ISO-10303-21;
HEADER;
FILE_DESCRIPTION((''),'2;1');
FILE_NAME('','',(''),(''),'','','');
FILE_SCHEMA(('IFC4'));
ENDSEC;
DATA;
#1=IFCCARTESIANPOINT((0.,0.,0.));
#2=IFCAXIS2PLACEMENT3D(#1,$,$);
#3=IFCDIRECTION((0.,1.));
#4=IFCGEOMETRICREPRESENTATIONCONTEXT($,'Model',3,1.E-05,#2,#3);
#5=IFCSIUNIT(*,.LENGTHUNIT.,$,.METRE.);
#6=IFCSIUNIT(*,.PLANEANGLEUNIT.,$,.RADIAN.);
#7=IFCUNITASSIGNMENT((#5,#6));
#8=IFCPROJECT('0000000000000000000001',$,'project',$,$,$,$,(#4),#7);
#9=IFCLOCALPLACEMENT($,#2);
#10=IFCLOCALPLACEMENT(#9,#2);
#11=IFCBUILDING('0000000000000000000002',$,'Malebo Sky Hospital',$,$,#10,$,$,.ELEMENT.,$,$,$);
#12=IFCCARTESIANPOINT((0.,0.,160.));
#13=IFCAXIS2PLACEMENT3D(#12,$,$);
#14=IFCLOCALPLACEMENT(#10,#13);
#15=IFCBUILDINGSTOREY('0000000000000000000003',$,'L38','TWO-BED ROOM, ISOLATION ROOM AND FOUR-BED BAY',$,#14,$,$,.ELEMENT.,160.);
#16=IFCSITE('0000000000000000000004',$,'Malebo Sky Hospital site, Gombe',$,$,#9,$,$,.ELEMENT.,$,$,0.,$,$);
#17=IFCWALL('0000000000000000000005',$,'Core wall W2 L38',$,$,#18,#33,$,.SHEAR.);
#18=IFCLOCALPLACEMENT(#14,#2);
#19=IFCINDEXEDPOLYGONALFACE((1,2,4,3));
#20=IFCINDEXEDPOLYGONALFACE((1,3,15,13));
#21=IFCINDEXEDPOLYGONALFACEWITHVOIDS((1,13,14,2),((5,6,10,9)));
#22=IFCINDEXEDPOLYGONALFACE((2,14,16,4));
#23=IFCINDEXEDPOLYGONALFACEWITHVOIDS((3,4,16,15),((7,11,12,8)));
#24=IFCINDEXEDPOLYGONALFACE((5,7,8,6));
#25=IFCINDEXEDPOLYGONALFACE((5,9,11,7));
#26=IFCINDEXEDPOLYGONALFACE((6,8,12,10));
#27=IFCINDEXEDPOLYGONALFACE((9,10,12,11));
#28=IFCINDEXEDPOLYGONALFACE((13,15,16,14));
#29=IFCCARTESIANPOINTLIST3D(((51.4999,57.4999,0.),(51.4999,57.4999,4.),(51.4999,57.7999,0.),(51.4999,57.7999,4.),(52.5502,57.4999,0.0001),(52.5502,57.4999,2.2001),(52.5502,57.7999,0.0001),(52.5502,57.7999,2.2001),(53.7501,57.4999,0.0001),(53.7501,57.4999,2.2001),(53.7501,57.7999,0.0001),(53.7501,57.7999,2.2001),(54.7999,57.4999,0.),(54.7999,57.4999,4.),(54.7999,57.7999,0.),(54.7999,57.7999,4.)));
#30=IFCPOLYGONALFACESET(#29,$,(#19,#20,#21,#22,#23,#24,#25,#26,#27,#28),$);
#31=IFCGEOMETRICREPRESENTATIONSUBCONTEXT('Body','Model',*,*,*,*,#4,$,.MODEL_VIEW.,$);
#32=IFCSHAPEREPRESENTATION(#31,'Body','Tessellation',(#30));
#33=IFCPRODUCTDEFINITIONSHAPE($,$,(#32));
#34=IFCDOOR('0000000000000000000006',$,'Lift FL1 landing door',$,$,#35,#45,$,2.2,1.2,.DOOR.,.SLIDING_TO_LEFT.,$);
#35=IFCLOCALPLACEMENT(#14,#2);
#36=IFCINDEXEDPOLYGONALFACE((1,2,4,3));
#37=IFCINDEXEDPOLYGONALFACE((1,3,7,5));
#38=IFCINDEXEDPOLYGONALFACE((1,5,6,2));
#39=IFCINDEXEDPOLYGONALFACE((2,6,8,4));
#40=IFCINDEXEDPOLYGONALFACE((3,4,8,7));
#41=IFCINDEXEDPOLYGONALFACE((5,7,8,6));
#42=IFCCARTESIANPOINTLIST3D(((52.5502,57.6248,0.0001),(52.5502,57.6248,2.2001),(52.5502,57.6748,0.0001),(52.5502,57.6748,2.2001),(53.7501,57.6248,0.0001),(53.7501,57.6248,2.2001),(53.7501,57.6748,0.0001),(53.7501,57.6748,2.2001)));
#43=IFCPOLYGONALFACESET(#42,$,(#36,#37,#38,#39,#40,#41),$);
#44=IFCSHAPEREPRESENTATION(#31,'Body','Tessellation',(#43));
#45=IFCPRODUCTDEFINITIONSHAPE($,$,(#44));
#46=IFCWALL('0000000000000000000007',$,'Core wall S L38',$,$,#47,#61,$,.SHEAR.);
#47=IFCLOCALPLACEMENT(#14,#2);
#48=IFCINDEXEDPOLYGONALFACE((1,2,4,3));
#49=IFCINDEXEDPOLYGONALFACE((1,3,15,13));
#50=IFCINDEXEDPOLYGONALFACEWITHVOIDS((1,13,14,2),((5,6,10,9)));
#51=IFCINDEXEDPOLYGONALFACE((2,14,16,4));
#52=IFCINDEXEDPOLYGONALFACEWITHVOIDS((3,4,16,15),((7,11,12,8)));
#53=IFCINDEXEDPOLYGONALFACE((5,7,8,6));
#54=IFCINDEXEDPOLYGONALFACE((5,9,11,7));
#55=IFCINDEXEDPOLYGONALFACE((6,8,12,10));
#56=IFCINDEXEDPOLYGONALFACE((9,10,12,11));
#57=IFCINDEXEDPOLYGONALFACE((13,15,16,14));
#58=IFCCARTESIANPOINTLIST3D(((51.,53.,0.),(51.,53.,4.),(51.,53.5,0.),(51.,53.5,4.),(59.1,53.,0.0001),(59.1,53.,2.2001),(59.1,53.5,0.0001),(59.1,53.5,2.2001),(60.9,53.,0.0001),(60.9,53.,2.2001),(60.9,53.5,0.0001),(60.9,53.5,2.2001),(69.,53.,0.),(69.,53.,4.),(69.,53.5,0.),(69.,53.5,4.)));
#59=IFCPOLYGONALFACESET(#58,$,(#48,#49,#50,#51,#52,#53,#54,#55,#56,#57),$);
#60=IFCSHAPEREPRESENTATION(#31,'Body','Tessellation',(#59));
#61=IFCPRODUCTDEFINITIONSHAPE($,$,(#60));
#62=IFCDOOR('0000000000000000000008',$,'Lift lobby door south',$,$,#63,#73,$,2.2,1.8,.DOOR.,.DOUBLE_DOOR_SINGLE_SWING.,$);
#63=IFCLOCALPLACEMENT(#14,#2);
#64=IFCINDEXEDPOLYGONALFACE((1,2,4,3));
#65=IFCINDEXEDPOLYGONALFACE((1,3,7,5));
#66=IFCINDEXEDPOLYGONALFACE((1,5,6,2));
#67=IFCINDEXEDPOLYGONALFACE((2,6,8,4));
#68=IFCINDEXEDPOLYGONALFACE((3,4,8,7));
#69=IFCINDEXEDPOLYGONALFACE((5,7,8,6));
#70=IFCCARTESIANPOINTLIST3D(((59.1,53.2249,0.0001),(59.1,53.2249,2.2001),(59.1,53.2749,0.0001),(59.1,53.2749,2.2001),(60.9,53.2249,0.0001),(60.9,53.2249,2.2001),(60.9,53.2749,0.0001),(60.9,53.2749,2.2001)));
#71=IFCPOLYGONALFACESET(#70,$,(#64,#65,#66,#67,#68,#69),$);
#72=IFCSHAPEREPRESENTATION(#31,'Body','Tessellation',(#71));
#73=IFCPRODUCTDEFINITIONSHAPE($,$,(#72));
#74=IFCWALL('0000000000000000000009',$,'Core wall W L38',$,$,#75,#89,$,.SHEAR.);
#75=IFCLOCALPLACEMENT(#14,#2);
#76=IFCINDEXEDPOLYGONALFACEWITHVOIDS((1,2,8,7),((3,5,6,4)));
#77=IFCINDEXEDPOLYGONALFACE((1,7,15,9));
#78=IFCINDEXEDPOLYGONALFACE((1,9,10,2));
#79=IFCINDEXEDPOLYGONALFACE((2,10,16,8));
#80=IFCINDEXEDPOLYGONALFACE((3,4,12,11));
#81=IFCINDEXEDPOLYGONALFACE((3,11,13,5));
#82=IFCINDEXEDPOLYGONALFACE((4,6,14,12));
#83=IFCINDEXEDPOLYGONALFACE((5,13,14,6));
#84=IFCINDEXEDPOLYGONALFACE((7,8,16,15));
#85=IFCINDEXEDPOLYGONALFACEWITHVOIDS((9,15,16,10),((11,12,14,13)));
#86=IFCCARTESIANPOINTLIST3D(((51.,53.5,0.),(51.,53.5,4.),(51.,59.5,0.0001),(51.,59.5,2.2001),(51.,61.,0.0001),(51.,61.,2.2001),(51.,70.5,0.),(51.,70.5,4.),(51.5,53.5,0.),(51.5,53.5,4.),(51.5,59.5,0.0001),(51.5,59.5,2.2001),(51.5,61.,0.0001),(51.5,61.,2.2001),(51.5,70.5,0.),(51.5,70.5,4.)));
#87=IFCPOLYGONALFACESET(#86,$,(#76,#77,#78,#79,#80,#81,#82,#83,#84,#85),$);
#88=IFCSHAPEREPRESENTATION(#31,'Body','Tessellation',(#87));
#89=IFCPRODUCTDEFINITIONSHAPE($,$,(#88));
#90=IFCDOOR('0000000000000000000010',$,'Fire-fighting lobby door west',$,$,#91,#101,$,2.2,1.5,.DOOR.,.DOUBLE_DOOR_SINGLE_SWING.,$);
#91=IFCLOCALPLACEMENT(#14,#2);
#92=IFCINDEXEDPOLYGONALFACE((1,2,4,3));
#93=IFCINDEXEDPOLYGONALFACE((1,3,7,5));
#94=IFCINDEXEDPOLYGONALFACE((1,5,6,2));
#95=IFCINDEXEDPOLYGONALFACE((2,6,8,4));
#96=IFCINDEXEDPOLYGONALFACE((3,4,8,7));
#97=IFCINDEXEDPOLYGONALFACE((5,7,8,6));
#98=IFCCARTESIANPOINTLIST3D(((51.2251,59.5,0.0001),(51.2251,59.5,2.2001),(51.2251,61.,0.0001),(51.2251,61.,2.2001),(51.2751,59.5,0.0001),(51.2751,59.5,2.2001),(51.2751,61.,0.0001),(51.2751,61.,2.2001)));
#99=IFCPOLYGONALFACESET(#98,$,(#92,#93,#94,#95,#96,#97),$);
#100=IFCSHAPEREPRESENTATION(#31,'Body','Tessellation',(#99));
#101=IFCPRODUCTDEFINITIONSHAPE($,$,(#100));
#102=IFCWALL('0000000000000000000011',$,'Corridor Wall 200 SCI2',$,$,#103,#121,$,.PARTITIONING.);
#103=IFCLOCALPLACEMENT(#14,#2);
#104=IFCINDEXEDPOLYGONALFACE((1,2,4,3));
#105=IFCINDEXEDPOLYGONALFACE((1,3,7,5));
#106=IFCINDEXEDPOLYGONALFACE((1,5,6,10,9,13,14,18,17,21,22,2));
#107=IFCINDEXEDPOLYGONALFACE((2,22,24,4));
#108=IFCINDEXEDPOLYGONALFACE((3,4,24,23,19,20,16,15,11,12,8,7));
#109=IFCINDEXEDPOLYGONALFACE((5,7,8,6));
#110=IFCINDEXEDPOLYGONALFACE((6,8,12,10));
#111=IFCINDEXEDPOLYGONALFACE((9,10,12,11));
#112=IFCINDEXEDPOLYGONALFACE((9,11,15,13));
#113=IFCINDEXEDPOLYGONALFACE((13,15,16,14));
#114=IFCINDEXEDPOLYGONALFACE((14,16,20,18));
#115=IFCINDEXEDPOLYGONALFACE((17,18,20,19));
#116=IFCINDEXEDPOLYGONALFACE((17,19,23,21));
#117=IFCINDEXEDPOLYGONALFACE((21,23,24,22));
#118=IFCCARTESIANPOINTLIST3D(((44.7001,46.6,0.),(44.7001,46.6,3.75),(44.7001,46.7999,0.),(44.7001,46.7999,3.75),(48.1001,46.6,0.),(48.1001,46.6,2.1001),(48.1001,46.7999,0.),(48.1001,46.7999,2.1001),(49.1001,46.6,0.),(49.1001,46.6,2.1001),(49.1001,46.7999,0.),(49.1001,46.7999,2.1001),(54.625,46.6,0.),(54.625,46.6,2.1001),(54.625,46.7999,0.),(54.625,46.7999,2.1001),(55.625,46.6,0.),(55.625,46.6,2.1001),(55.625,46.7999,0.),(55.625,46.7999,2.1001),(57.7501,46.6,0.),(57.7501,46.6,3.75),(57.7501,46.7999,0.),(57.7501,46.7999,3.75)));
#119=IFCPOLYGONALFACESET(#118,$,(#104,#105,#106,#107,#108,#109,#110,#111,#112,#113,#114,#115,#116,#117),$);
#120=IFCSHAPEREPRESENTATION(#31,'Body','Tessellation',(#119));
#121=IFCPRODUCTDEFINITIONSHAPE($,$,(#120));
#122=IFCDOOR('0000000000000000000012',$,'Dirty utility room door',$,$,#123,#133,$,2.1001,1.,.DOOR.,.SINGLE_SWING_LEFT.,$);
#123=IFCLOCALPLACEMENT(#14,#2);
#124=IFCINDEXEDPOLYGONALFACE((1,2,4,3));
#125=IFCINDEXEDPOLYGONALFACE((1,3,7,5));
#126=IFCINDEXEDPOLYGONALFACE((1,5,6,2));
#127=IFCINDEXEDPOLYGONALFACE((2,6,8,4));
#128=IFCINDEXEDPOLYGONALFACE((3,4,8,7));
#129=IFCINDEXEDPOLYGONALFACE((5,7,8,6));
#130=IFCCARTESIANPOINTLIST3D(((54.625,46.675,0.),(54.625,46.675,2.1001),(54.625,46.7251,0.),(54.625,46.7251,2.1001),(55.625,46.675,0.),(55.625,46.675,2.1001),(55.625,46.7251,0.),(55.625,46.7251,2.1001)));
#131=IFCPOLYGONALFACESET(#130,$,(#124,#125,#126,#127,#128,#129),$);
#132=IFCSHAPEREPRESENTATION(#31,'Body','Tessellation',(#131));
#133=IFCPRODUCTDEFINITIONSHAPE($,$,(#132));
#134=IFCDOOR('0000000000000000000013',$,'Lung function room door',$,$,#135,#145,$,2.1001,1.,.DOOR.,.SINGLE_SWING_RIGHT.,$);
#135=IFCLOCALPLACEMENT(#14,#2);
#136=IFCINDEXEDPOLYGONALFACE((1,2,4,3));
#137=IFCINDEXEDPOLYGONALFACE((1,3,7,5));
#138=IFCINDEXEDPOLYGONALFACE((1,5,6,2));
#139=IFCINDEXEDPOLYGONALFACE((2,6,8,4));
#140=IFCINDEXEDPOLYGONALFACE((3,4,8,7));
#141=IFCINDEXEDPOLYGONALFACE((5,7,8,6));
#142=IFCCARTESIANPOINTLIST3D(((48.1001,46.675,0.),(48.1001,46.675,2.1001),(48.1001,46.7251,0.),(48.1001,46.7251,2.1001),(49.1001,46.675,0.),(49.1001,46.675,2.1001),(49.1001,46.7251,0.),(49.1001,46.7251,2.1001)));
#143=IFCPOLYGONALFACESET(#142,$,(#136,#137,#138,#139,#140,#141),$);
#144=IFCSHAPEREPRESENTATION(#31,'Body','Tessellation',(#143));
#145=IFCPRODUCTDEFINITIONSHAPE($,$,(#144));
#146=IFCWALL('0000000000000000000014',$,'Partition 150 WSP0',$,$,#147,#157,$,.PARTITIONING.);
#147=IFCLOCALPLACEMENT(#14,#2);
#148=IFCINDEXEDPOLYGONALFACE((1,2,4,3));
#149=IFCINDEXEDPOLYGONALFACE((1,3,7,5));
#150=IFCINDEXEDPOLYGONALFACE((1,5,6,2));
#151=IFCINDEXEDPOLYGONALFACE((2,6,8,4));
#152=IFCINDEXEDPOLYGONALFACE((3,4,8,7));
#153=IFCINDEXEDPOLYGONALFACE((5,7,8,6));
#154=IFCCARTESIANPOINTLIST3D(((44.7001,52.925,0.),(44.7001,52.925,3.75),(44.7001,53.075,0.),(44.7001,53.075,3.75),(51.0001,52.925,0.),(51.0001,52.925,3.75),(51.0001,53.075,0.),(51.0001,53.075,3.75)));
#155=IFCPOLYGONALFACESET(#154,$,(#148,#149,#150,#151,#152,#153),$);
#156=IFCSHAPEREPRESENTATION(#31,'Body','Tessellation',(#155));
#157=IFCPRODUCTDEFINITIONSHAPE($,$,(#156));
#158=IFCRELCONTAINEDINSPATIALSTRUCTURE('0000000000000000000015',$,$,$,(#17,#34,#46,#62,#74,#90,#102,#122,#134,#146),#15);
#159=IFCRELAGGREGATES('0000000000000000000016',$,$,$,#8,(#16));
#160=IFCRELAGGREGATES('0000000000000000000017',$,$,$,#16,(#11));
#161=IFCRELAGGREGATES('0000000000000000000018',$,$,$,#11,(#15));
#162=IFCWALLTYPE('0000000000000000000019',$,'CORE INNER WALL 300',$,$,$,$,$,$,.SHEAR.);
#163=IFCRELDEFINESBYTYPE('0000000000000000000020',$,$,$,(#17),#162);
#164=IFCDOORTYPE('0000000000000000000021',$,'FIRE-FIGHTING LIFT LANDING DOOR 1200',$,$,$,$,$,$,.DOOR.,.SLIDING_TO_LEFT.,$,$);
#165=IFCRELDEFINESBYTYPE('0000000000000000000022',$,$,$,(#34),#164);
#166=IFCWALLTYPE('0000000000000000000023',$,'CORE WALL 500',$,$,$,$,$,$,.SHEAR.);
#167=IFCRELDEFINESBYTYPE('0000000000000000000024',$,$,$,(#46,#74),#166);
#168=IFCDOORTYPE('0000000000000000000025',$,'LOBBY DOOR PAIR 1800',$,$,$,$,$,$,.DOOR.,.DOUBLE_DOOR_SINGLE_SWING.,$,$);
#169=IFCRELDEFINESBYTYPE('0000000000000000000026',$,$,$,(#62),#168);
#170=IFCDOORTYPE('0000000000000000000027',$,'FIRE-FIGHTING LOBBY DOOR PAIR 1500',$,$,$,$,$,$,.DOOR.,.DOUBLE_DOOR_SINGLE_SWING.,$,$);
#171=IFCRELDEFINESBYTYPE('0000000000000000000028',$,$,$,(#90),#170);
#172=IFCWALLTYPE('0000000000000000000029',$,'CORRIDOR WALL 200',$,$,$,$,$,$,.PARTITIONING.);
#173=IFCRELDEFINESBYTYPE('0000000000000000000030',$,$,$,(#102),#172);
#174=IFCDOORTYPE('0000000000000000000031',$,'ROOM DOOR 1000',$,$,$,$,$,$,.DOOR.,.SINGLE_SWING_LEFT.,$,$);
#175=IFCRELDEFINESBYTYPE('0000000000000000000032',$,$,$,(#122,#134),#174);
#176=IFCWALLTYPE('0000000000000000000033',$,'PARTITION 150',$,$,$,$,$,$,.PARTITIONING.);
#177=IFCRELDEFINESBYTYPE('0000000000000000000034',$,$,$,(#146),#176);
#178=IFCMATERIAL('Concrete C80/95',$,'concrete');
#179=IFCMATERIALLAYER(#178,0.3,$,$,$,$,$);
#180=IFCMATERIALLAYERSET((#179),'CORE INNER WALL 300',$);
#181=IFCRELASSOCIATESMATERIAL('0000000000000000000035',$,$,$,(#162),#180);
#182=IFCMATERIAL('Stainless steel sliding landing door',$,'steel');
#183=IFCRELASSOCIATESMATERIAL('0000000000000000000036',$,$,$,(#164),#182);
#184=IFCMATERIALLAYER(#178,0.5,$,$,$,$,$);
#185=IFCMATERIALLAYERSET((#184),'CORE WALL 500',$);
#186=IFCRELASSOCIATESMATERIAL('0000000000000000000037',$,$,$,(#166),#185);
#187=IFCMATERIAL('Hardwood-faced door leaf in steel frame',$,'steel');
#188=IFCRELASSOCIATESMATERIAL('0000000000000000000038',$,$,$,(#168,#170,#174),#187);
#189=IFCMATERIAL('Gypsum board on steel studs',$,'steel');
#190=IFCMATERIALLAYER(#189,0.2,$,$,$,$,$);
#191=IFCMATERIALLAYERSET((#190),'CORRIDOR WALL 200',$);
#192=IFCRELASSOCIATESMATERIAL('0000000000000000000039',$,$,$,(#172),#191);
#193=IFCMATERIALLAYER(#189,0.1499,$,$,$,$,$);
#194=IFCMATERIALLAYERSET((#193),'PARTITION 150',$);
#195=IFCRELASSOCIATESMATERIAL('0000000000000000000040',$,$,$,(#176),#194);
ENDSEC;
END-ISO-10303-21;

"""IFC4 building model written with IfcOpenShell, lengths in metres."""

from ifc_helpers import new_model, si_unit, direction, frame, frame_2d, origin, place, context, subcontext, project, spatial, rectangle, extrude, material, layer, layer_set, type_object, element, fill, save


model = new_model("IFC4")

# Units and contexts
model_context = context("Model", 3, precision=1e-05, world=origin(), true_north=direction((0.0, 1.0)))
body_context = subcontext(model_context, "Body", "Model", "MODEL_VIEW")
ifc_project = project(units=[si_unit("LENGTHUNIT", "METRE"), si_unit("PLANEANGLEUNIT", "RADIAN")], contexts=[model_context])

# Site, building, storey
site_placement = place(None, origin())
site = spatial("IfcSite", under=ifc_project, at=site_placement, Name="Malebo Sky Hospital site, Gombe", CompositionType="ELEMENT", RefElevation=0.0)
building_placement = place(site_placement, origin())
building = spatial("IfcBuilding", under=site, at=building_placement, Name="Malebo Sky Hospital", CompositionType="ELEMENT")
storey_placement = place(building_placement, frame((0.0, 0.0, 160.0)))
storey = spatial("IfcBuildingStorey", under=building, at=storey_placement, Name="L38", Description="TWO-BED ROOM, ISOLATION ROOM AND FOUR-BED BAY", CompositionType="ELEMENT", Elevation=160.0)

# Shared definitions
ifc_material_1 = material(Name="Concrete C80/95", Category="concrete")
ifc_material_2 = material(Name="Stainless steel sliding landing door", Category="steel")

# Shared definitions
ifc_layer_1 = layer(ifc_material_1, 0.3)
ifc_layer_set_1 = layer_set([ifc_layer_1], Name="CORE INNER WALL 300")
wall_type_1 = type_object("IfcWallType", Name="CORE INNER WALL 300", PredefinedType="SHEAR", material=ifc_layer_set_1)

# Walls, openings, doors
wall_1_placement = place(storey_placement, frame((51.5, 57.6499, 0.0), z_axis=(0.0, 0.0, 1.0), x_axis=(1.0, 0.0, 0.0)))
wall_1 = element("IfcWall", 1, at=wall_1_placement, inside=storey, type_object=wall_type_1, Name="Core wall W2 L38", PredefinedType="SHEAR", context=body_context, shape_type="SweptSolid", body=[
    extrude(rectangle(XDim=3.3, YDim=0.3, at=frame_2d((1.6499, 0.0))), origin(), (0.0, 0.0, 1.0), 4.0),
])
opening_1_placement = place(wall_1_placement, frame((1.05, 0.0, 0.0)))
opening_1 = element("IfcOpeningElement", 2, at=opening_1_placement, cuts=wall_1, PredefinedType="OPENING", context=body_context, shape_type="SweptSolid", body=[
    extrude(rectangle(XDim=1.2, YDim=2.2, at=frame_2d((0.6001, 1.1001))), frame((0.0, 0.1599, 0.0), z_axis=(0.0, -1.0, 0.0), x_axis=(1.0, 0.0, 0.0)), (0.0, 0.0, 1.0), 0.3201),
])
door_type_1 = type_object("IfcDoorType", Name="FIRE-FIGHTING LIFT LANDING DOOR 1200", OperationType="SLIDING_TO_LEFT", PredefinedType="DOOR", material=ifc_material_2)
door_1_placement = place(opening_1_placement, origin())
door_1 = element("IfcDoor", 3, at=door_1_placement, inside=storey, type_object=door_type_1, Name="Lift FL1 landing door", OperationType="SLIDING_TO_LEFT", OverallHeight=2.2, OverallWidth=1.2, PredefinedType="DOOR", context=body_context, shape_type="SweptSolid", body=[
    extrude(rectangle(XDim=1.2, YDim=2.2, at=frame_2d((0.6001, 1.1001))), frame((0.0, 0.0249, 0.0), z_axis=(0.0, -1.0, 0.0), x_axis=(1.0, 0.0, 0.0)), (0.0, 0.0, 1.0), 0.05),
])
fill(opening_1, door_1)
ifc_layer_2 = layer(ifc_material_1, 0.5)
ifc_layer_set_2 = layer_set([ifc_layer_2], Name="CORE WALL 500")
wall_type_2 = type_object("IfcWallType", Name="CORE WALL 500", PredefinedType="SHEAR", material=ifc_layer_set_2)
wall_2_placement = place(storey_placement, frame((51.0, 53.25, 0.0), z_axis=(0.0, 0.0, 1.0), x_axis=(1.0, 0.0, 0.0)))
wall_2 = element("IfcWall", 4, at=wall_2_placement, inside=storey, type_object=wall_type_2, Name="Core wall S L38", PredefinedType="SHEAR", context=body_context, shape_type="SweptSolid", body=[
    extrude(rectangle(XDim=18.0, YDim=0.5, at=frame_2d((9.0, 0.0))), origin(), (0.0, 0.0, 1.0), 4.0),
])
opening_2_placement = place(wall_2_placement, frame((8.1001, 0.0, 0.0)))
opening_2 = element("IfcOpeningElement", 5, at=opening_2_placement, cuts=wall_2, PredefinedType="OPENING", context=body_context, shape_type="SweptSolid", body=[
    extrude(rectangle(XDim=1.8, YDim=2.2, at=frame_2d((0.8999, 1.1001))), frame((0.0, 0.26, 0.0), z_axis=(0.0, -1.0, 0.0), x_axis=(1.0, 0.0, 0.0)), (0.0, 0.0, 1.0), 0.52),
])
ifc_material_3 = material(Name="Hardwood-faced door leaf in steel frame", Category="steel")
door_type_2 = type_object("IfcDoorType", Name="LOBBY DOOR PAIR 1800", OperationType="DOUBLE_DOOR_SINGLE_SWING", PredefinedType="DOOR", material=ifc_material_3)
door_2_placement = place(opening_2_placement, origin())
door_2 = element("IfcDoor", 6, at=door_2_placement, inside=storey, type_object=door_type_2, Name="Lift lobby door south", OperationType="DOUBLE_DOOR_SINGLE_SWING", OverallHeight=2.2, OverallWidth=1.8, PredefinedType="DOOR", context=body_context, shape_type="SweptSolid", body=[
    extrude(rectangle(XDim=1.8, YDim=2.2, at=frame_2d((0.8999, 1.1001))), frame((0.0, 0.0249, 0.0), z_axis=(0.0, -1.0, 0.0), x_axis=(1.0, 0.0, 0.0)), (0.0, 0.0, 1.0), 0.05),
])
fill(opening_2, door_2)
wall_3_placement = place(storey_placement, frame((51.25, 53.5, 0.0), z_axis=(0.0, 0.0, 1.0), x_axis=(0.0, 1.0, 0.0)))
wall_3 = element("IfcWall", 7, at=wall_3_placement, inside=storey, type_object=wall_type_2, Name="Core wall W L38", PredefinedType="SHEAR", context=body_context, shape_type="SweptSolid", body=[
    extrude(rectangle(XDim=17.0, YDim=0.5, at=frame_2d((8.5, 0.0))), origin(), (0.0, 0.0, 1.0), 4.0),
])
opening_3_placement = place(wall_3_placement, frame((6.0, 0.0, 0.0)))
opening_3 = element("IfcOpeningElement", 8, at=opening_3_placement, cuts=wall_3, PredefinedType="OPENING", context=body_context, shape_type="SweptSolid", body=[
    extrude(rectangle(XDim=1.5, YDim=2.2, at=frame_2d((0.75, 1.1001))), frame((0.0, 0.26, 0.0), z_axis=(0.0, -1.0, 0.0), x_axis=(1.0, 0.0, 0.0)), (0.0, 0.0, 1.0), 0.52),
])
door_type_3 = type_object("IfcDoorType", Name="FIRE-FIGHTING LOBBY DOOR PAIR 1500", OperationType="DOUBLE_DOOR_SINGLE_SWING", PredefinedType="DOOR", material=ifc_material_3)
door_3_placement = place(opening_3_placement, origin())
door_3 = element("IfcDoor", 9, at=door_3_placement, inside=storey, type_object=door_type_3, Name="Fire-fighting lobby door west", OperationType="DOUBLE_DOOR_SINGLE_SWING", OverallHeight=2.2, OverallWidth=1.5, PredefinedType="DOOR", context=body_context, shape_type="SweptSolid", body=[
    extrude(rectangle(XDim=1.5, YDim=2.2, at=frame_2d((0.75, 1.1001))), frame((0.0, 0.0249, 0.0), z_axis=(0.0, -1.0, 0.0), x_axis=(1.0, 0.0, 0.0)), (0.0, 0.0, 1.0), 0.05),
])
fill(opening_3, door_3)

# Wall, openings, doors
ifc_material_4 = material(Name="Gypsum board on steel studs", Category="steel")
ifc_layer_3 = layer(ifc_material_4, 0.2)
ifc_layer_set_3 = layer_set([ifc_layer_3], Name="CORRIDOR WALL 200")
wall_type_3 = type_object("IfcWallType", Name="CORRIDOR WALL 200", PredefinedType="PARTITIONING", material=ifc_layer_set_3)
wall_4_placement = place(storey_placement, frame((57.75, 46.7, 0.0), z_axis=(0.0, 0.0, 1.0), x_axis=(-1.0, 0.0, 0.0)))
wall_4 = element("IfcWall", 10, at=wall_4_placement, inside=storey, type_object=wall_type_3, Name="Corridor Wall 200 SCI2", PredefinedType="PARTITIONING", context=body_context, shape_type="SweptSolid", body=[
    extrude(rectangle(XDim=13.05, YDim=0.2, at=frame_2d((6.5249, 0.0))), origin(), (0.0, 0.0, 1.0), 3.75),
])
opening_4_placement = place(wall_4_placement, frame((2.125, 0.0, 0.0)))
opening_4 = element("IfcOpeningElement", 11, at=opening_4_placement, cuts=wall_4, PredefinedType="OPENING", context=body_context, shape_type="SweptSolid", body=[
    extrude(rectangle(XDim=1.0, YDim=2.1001, at=frame_2d((0.5, 1.05))), frame((0.0, 0.1099, 0.0), z_axis=(0.0, -1.0, 0.0), x_axis=(1.0, 0.0, 0.0)), (0.0, 0.0, 1.0), 0.22),
])
opening_5_placement = place(wall_4_placement, frame((8.6499, 0.0, 0.0)))
opening_5 = element("IfcOpeningElement", 12, at=opening_5_placement, cuts=wall_4, PredefinedType="OPENING", context=body_context, shape_type="SweptSolid", body=[
    extrude(rectangle(XDim=1.0, YDim=2.1001, at=frame_2d((0.5, 1.05))), frame((0.0, 0.1099, 0.0), z_axis=(0.0, -1.0, 0.0), x_axis=(1.0, 0.0, 0.0)), (0.0, 0.0, 1.0), 0.22),
])
door_type_4 = type_object("IfcDoorType", Name="ROOM DOOR 1000", OperationType="SINGLE_SWING_LEFT", PredefinedType="DOOR", material=ifc_material_3)
door_4_placement = place(opening_4_placement, origin())
door_4 = element("IfcDoor", 13, at=door_4_placement, inside=storey, type_object=door_type_4, Name="Dirty utility room door", OperationType="SINGLE_SWING_LEFT", OverallHeight=2.1001, OverallWidth=1.0, PredefinedType="DOOR", context=body_context, shape_type="SweptSolid", body=[
    extrude(rectangle(XDim=1.0, YDim=2.1001, at=frame_2d((0.5, 1.05))), frame((0.0, 0.0249, 0.0), z_axis=(0.0, -1.0, 0.0), x_axis=(1.0, 0.0, 0.0)), (0.0, 0.0, 1.0), 0.05),
])
fill(opening_4, door_4)
door_5_placement = place(opening_5_placement, origin())
door_5 = element("IfcDoor", 14, at=door_5_placement, inside=storey, type_object=door_type_4, Name="Lung function room door", OperationType="SINGLE_SWING_RIGHT", OverallHeight=2.1001, OverallWidth=1.0, PredefinedType="DOOR", context=body_context, shape_type="SweptSolid", body=[
    extrude(rectangle(XDim=1.0, YDim=2.1001, at=frame_2d((0.5, 1.05))), frame((0.0, 0.0249, 0.0), z_axis=(0.0, -1.0, 0.0), x_axis=(1.0, 0.0, 0.0)), (0.0, 0.0, 1.0), 0.05),
])
fill(opening_5, door_5)

# Wall
ifc_layer_4 = layer(ifc_material_4, 0.1499)
ifc_layer_set_4 = layer_set([ifc_layer_4], Name="PARTITION 150")
wall_type_4 = type_object("IfcWallType", Name="PARTITION 150", PredefinedType="PARTITIONING", material=ifc_layer_set_4)
wall_5_placement = place(storey_placement, frame((51.0, 53.0, 0.0), z_axis=(0.0, 0.0, 1.0), x_axis=(-1.0, 0.0, 0.0)))
element("IfcWall", 15, at=wall_5_placement, inside=storey, type_object=wall_type_4, Name="Partition 150 WSP0", PredefinedType="PARTITIONING", context=body_context, shape_type="SweptSolid", body=[
    extrude(rectangle(XDim=6.3, YDim=0.1499, at=frame_2d((3.1499, 0.0))), origin(), (0.0, 0.0, 1.0), 3.75),
])

save(model, "model.ifc")
